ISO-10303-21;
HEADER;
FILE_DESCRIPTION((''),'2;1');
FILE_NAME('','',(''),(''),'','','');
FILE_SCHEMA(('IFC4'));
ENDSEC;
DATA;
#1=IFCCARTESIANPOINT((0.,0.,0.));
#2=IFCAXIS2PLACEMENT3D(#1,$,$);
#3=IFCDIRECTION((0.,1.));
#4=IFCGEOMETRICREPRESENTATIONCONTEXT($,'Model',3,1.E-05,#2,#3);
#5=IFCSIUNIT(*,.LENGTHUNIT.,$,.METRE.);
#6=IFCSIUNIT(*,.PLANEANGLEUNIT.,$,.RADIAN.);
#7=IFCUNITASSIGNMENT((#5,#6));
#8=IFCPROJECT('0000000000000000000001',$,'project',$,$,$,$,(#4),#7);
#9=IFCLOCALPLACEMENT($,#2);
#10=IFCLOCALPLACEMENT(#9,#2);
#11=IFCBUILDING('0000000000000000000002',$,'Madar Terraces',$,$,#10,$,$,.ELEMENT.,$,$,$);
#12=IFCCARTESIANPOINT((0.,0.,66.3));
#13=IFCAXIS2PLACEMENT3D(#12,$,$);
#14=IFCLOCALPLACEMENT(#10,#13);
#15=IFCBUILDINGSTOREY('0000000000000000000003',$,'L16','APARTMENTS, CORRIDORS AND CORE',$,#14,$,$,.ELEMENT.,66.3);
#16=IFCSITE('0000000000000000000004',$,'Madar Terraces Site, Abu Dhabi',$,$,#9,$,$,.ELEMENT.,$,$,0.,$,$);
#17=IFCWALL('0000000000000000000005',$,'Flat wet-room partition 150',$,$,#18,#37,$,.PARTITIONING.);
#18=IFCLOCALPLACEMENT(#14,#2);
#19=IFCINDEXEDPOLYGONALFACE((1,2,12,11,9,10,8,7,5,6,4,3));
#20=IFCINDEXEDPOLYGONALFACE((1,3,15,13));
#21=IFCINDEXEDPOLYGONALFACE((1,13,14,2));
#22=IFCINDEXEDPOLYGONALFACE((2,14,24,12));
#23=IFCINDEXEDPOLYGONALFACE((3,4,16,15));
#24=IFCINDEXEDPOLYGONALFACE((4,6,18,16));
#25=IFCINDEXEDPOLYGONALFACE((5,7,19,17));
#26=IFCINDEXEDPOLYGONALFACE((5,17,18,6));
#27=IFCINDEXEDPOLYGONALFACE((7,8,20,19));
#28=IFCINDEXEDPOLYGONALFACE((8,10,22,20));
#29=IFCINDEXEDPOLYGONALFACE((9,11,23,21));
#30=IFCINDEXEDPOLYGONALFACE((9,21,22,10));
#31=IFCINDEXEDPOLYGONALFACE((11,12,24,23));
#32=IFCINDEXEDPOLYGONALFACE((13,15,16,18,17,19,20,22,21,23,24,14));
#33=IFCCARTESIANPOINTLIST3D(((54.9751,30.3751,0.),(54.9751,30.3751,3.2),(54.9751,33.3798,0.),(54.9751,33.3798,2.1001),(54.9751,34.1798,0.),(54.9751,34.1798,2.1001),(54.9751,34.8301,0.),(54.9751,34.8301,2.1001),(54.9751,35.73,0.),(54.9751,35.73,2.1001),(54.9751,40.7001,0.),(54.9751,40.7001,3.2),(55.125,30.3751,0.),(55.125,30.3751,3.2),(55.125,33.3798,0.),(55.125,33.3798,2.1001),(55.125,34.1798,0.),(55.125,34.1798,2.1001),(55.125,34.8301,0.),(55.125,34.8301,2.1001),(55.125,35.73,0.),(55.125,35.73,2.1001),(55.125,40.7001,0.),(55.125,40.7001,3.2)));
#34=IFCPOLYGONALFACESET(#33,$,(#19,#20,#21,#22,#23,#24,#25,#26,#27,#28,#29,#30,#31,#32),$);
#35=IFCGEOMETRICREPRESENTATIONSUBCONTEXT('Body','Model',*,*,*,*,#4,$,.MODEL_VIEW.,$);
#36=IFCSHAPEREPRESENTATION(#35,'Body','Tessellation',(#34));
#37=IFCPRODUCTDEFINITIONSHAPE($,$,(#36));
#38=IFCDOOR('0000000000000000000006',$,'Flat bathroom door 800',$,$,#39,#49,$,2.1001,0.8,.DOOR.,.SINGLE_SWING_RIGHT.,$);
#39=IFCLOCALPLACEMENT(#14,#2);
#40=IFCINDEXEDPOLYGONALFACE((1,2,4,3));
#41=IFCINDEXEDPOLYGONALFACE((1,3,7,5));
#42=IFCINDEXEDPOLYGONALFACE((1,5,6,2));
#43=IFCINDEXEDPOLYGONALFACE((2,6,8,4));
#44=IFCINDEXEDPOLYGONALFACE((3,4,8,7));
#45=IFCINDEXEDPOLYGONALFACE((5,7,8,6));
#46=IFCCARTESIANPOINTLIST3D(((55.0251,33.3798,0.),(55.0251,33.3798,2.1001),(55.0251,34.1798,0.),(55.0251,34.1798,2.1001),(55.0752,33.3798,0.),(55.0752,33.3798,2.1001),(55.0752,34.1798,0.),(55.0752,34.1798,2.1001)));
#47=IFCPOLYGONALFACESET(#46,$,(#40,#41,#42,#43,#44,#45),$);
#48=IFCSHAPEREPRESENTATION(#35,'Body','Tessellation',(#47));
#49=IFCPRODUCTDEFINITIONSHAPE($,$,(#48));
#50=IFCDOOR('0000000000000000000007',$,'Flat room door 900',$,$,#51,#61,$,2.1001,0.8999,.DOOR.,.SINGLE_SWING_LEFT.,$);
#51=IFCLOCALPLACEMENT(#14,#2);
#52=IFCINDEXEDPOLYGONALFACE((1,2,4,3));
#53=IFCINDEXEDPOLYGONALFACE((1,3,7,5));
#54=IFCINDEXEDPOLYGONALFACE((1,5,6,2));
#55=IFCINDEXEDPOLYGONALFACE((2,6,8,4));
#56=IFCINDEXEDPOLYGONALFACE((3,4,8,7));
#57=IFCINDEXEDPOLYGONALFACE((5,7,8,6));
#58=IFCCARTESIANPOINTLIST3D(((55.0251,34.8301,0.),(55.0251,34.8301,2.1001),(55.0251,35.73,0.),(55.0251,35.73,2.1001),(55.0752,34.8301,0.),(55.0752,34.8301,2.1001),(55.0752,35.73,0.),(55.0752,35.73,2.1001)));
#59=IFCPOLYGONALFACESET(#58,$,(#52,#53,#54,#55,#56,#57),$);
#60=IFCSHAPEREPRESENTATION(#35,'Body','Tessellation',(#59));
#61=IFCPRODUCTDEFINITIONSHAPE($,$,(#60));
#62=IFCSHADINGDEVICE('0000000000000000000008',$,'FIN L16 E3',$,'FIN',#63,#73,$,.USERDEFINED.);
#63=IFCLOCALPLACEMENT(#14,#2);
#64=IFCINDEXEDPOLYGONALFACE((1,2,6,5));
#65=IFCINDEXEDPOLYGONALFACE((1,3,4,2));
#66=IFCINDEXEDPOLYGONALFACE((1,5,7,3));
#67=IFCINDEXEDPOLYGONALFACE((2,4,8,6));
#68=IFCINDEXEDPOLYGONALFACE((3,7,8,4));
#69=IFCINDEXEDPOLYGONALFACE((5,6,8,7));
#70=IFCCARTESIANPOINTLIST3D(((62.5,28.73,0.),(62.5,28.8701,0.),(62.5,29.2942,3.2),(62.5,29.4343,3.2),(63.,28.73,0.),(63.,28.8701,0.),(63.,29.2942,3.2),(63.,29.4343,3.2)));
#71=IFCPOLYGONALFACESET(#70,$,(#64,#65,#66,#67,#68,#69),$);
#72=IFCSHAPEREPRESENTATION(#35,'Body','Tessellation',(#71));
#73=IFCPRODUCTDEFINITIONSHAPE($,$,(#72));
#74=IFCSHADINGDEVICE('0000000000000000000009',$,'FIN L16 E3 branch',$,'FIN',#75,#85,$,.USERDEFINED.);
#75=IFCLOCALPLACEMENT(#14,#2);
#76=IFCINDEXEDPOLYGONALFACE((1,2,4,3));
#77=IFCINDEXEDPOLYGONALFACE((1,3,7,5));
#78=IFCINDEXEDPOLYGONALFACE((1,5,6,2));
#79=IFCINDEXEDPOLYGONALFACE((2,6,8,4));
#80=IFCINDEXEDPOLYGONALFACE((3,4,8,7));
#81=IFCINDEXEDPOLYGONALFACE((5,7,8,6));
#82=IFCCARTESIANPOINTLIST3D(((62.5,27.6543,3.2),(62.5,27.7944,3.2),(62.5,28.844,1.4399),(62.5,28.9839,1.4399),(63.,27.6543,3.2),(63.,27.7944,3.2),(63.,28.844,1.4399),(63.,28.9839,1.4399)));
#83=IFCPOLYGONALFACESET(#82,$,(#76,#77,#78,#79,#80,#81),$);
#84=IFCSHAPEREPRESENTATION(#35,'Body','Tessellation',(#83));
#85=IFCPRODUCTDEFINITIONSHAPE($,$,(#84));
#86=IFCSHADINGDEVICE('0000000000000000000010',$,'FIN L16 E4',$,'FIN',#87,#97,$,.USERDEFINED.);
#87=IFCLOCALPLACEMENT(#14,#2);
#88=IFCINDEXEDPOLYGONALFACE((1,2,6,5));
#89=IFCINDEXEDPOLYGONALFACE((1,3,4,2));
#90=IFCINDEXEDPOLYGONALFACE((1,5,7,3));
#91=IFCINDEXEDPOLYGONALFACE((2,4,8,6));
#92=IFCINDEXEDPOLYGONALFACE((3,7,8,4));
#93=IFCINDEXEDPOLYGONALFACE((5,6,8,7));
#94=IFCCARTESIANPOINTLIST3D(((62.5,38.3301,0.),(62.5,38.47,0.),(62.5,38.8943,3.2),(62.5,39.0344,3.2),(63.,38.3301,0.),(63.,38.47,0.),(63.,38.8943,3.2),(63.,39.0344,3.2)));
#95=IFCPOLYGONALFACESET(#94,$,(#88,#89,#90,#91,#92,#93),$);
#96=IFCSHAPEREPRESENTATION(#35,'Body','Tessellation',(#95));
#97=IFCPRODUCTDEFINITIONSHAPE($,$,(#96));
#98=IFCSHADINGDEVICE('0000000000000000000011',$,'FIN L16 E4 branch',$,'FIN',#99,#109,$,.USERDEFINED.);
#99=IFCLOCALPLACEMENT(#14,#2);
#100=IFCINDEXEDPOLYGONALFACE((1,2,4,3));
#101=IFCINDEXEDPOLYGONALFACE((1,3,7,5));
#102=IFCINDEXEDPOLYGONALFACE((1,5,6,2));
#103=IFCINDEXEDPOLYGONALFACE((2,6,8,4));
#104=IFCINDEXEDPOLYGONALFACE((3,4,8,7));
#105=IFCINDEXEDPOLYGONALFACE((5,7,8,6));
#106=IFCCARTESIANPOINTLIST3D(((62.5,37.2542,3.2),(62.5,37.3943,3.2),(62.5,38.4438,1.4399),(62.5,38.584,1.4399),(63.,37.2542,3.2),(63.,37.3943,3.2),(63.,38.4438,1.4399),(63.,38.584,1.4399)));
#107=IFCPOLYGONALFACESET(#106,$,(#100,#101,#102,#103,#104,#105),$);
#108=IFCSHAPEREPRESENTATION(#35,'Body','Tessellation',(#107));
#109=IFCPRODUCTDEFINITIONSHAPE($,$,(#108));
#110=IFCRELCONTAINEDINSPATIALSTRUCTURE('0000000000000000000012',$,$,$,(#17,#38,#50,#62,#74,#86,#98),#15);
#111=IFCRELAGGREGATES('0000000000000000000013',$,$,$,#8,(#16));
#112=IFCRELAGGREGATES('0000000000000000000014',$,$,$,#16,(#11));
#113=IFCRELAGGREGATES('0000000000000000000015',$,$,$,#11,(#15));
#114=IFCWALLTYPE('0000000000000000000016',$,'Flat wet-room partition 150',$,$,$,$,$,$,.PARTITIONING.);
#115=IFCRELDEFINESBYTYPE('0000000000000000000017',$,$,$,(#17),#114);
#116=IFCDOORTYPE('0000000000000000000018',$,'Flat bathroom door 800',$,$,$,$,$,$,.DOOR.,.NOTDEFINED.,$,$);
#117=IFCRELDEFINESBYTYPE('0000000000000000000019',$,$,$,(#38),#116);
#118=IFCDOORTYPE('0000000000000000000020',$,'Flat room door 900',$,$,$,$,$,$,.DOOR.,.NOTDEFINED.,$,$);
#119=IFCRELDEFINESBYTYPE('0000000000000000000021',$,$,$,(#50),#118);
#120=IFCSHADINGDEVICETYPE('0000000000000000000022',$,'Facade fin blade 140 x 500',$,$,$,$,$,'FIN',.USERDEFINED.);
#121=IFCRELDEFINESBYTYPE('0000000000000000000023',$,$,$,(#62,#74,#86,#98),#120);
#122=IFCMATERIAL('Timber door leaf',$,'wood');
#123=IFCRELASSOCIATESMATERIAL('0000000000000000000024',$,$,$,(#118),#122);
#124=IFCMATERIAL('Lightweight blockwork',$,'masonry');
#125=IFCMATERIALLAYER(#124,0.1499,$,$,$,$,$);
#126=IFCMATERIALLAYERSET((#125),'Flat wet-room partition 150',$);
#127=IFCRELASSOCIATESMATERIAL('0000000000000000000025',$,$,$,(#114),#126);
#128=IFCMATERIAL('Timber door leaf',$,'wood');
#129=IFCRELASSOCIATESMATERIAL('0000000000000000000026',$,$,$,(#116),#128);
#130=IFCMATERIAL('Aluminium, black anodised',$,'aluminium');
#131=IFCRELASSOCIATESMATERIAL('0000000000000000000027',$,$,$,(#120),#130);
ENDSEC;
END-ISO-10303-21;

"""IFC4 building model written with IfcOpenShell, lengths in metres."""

from ifc_helpers import new_model, si_unit, direction, frame, frame_2d, origin, place, context, subcontext, project, spatial, polyline, rectangle, outline, extrude, material, layer, layer_set, type_object, element, fill, save


model = new_model("IFC4")

# Units and contexts
model_context = context("Model", 3, precision=1e-05, world=origin(), true_north=direction((0.0, 1.0)))
body_context = subcontext(model_context, "Body", "Model", "MODEL_VIEW")
ifc_project = project(units=[si_unit("LENGTHUNIT", "METRE"), si_unit("PLANEANGLEUNIT", "RADIAN")], contexts=[model_context])

# Site, building, storey
site_placement = place(None, origin())
site = spatial("IfcSite", under=ifc_project, at=site_placement, Name="Madar Terraces Site, Abu Dhabi", CompositionType="ELEMENT", RefElevation=0.0)
building_placement = place(site_placement, origin())
building = spatial("IfcBuilding", under=site, at=building_placement, Name="Madar Terraces", CompositionType="ELEMENT")
storey_placement = place(building_placement, frame((0.0, 0.0, 66.3)))
storey = spatial("IfcBuildingStorey", under=building, at=storey_placement, Name="L16", Description="APARTMENTS, CORRIDORS AND CORE", CompositionType="ELEMENT", Elevation=66.3)

# Shared definitions
ifc_material_1 = material(Name="Timber door leaf", Category="wood")
door_type_1 = type_object("IfcDoorType", Name="Flat room door 900", OperationType="NOTDEFINED", PredefinedType="DOOR", material=ifc_material_1)

# Shared definitions
ifc_material_2 = material(Name="Lightweight blockwork", Category="masonry")
ifc_layer_1 = layer(ifc_material_2, 0.1499)
ifc_layer_set_1 = layer_set([ifc_layer_1], Name="Flat wet-room partition 150")
wall_type_1 = type_object("IfcWallType", Name="Flat wet-room partition 150", PredefinedType="PARTITIONING", material=ifc_layer_set_1)

# Wall, openings, doors
wall_1_placement = place(storey_placement, frame((55.05, 30.375, 0.0), z_axis=(0.0, 0.0, 1.0), x_axis=(0.0, 1.0, 0.0)))
wall_1 = element("IfcWall", 1, at=wall_1_placement, inside=storey, type_object=wall_type_1, Name="Flat wet-room partition 150", PredefinedType="PARTITIONING", context=body_context, shape_type="SweptSolid", body=[
    extrude(rectangle(XDim=10.325, YDim=0.1499, at=frame_2d((5.1626, 0.0))), origin(), (0.0, 0.0, 1.0), 3.2),
])
opening_1_placement = place(wall_1_placement, frame((3.0049, 0.0, 0.0)))
opening_1 = element("IfcOpeningElement", 2, at=opening_1_placement, cuts=wall_1, PredefinedType="OPENING", context=body_context, shape_type="SweptSolid", body=[
    extrude(rectangle(XDim=0.8, YDim=2.1001, at=frame_2d((0.3999, 1.05))), frame((0.0, 0.085, 0.0), z_axis=(0.0, -1.0, 0.0), x_axis=(1.0, 0.0, 0.0)), (0.0, 0.0, 1.0), 0.1699),
])
opening_2_placement = place(wall_1_placement, frame((4.4551, 0.0, 0.0)))
opening_2 = element("IfcOpeningElement", 3, at=opening_2_placement, cuts=wall_1, PredefinedType="OPENING", context=body_context, shape_type="SweptSolid", body=[
    extrude(rectangle(XDim=0.8999, YDim=2.1001, at=frame_2d((0.45, 1.05))), frame((0.0, 0.085, 0.0), z_axis=(0.0, -1.0, 0.0), x_axis=(1.0, 0.0, 0.0)), (0.0, 0.0, 1.0), 0.1699),
])
ifc_material_3 = material(Name="Timber door leaf", Category="wood")
door_type_2 = type_object("IfcDoorType", Name="Flat bathroom door 800", OperationType="NOTDEFINED", PredefinedType="DOOR", material=ifc_material_3)
door_1_placement = place(opening_1_placement, origin())
door_1 = element("IfcDoor", 4, at=door_1_placement, inside=storey, type_object=door_type_2, Name="Flat bathroom door 800", OperationType="SINGLE_SWING_RIGHT", OverallHeight=2.1001, OverallWidth=0.8, PredefinedType="DOOR", context=body_context, shape_type="SweptSolid", body=[
    extrude(rectangle(XDim=0.8, YDim=2.1001, at=frame_2d((0.3999, 1.05))), frame((0.0, 0.0249, 0.0), z_axis=(0.0, -1.0, 0.0), x_axis=(1.0, 0.0, 0.0)), (0.0, 0.0, 1.0), 0.05),
])
fill(opening_1, door_1)
door_2_placement = place(opening_2_placement, origin())
door_2 = element("IfcDoor", 5, at=door_2_placement, inside=storey, type_object=door_type_1, Name="Flat room door 900", OperationType="SINGLE_SWING_LEFT", OverallHeight=2.1001, OverallWidth=0.8999, PredefinedType="DOOR", context=body_context, shape_type="SweptSolid", body=[
    extrude(rectangle(XDim=0.8999, YDim=2.1001, at=frame_2d((0.45, 1.05))), frame((0.0, 0.0249, 0.0), z_axis=(0.0, -1.0, 0.0), x_axis=(1.0, 0.0, 0.0)), (0.0, 0.0, 1.0), 0.05),
])
fill(opening_2, door_2)

# Shading devices
ifc_material_4 = material(Name="Aluminium, black anodised", Category="aluminium")
shading_device_type = type_object("IfcShadingDeviceType", Name="Facade fin blade 140 x 500", ElementType="FIN", PredefinedType="USERDEFINED", material=ifc_material_4)
shading_device_1_placement = place(storey_placement, frame((62.75, 28.73, 0.0), z_axis=(0.0, 0.0, 1.0), x_axis=(0.0, 1.0, 0.0)))
element("IfcShadingDevice", 6, at=shading_device_1_placement, inside=storey, type_object=shading_device_type, Name="FIN L16 E3", ObjectType="FIN", PredefinedType="USERDEFINED", context=body_context, shape_type="SweptSolid", body=[
    extrude(outline(polyline([(0.0, 0.0), (0.1401, 0.0), (0.7043, 3.2), (0.5642, 3.2), (0.0, 0.0)])), frame((0.0, 0.25, 0.0), z_axis=(0.0, -1.0, 0.0), x_axis=(1.0, 0.0, 0.0)), (0.0, 0.0, 1.0), 0.5),
])
shading_device_2_placement = place(storey_placement, frame((62.75, 28.844, 1.4399), z_axis=(0.0, 0.0, 1.0), x_axis=(0.0, 1.0, 0.0)))
element("IfcShadingDevice", 7, at=shading_device_2_placement, inside=storey, type_object=shading_device_type, Name="FIN L16 E3 branch", ObjectType="FIN", PredefinedType="USERDEFINED", context=body_context, shape_type="SweptSolid", body=[
    extrude(outline(polyline([(0.0, 0.0), (0.1399, 0.0), (-1.0496, 1.76), (-1.1897, 1.76), (0.0, 0.0)])), frame((0.0, 0.25, 0.0), z_axis=(0.0, -1.0, 0.0), x_axis=(1.0, 0.0, 0.0)), (0.0, 0.0, 1.0), 0.5),
])
shading_device_3_placement = place(storey_placement, frame((62.75, 38.3301, 0.0), z_axis=(0.0, 0.0, 1.0), x_axis=(0.0, 1.0, 0.0)))
element("IfcShadingDevice", 8, at=shading_device_3_placement, inside=storey, type_object=shading_device_type, Name="FIN L16 E4", ObjectType="FIN", PredefinedType="USERDEFINED", context=body_context, shape_type="SweptSolid", body=[
    extrude(outline(polyline([(0.0, 0.0), (0.1399, 0.0), (0.7043, 3.2), (0.5642, 3.2), (0.0, 0.0)])), frame((0.0, 0.25, 0.0), z_axis=(0.0, -1.0, 0.0), x_axis=(1.0, 0.0, 0.0)), (0.0, 0.0, 1.0), 0.5),
])
shading_device_4_placement = place(storey_placement, frame((62.75, 38.4438, 1.4399), z_axis=(0.0, 0.0, 1.0), x_axis=(0.0, 1.0, 0.0)))
element("IfcShadingDevice", 9, at=shading_device_4_placement, inside=storey, type_object=shading_device_type, Name="FIN L16 E4 branch", ObjectType="FIN", PredefinedType="USERDEFINED", context=body_context, shape_type="SweptSolid", body=[
    extrude(outline(polyline([(0.0, 0.0), (0.1401, 0.0), (-1.0496, 1.76), (-1.1897, 1.76), (0.0, 0.0)])), frame((0.0, 0.25, 0.0), z_axis=(0.0, -1.0, 0.0), x_axis=(1.0, 0.0, 0.0)), (0.0, 0.0, 1.0), 0.5),
])

save(model, "model.ifc")
